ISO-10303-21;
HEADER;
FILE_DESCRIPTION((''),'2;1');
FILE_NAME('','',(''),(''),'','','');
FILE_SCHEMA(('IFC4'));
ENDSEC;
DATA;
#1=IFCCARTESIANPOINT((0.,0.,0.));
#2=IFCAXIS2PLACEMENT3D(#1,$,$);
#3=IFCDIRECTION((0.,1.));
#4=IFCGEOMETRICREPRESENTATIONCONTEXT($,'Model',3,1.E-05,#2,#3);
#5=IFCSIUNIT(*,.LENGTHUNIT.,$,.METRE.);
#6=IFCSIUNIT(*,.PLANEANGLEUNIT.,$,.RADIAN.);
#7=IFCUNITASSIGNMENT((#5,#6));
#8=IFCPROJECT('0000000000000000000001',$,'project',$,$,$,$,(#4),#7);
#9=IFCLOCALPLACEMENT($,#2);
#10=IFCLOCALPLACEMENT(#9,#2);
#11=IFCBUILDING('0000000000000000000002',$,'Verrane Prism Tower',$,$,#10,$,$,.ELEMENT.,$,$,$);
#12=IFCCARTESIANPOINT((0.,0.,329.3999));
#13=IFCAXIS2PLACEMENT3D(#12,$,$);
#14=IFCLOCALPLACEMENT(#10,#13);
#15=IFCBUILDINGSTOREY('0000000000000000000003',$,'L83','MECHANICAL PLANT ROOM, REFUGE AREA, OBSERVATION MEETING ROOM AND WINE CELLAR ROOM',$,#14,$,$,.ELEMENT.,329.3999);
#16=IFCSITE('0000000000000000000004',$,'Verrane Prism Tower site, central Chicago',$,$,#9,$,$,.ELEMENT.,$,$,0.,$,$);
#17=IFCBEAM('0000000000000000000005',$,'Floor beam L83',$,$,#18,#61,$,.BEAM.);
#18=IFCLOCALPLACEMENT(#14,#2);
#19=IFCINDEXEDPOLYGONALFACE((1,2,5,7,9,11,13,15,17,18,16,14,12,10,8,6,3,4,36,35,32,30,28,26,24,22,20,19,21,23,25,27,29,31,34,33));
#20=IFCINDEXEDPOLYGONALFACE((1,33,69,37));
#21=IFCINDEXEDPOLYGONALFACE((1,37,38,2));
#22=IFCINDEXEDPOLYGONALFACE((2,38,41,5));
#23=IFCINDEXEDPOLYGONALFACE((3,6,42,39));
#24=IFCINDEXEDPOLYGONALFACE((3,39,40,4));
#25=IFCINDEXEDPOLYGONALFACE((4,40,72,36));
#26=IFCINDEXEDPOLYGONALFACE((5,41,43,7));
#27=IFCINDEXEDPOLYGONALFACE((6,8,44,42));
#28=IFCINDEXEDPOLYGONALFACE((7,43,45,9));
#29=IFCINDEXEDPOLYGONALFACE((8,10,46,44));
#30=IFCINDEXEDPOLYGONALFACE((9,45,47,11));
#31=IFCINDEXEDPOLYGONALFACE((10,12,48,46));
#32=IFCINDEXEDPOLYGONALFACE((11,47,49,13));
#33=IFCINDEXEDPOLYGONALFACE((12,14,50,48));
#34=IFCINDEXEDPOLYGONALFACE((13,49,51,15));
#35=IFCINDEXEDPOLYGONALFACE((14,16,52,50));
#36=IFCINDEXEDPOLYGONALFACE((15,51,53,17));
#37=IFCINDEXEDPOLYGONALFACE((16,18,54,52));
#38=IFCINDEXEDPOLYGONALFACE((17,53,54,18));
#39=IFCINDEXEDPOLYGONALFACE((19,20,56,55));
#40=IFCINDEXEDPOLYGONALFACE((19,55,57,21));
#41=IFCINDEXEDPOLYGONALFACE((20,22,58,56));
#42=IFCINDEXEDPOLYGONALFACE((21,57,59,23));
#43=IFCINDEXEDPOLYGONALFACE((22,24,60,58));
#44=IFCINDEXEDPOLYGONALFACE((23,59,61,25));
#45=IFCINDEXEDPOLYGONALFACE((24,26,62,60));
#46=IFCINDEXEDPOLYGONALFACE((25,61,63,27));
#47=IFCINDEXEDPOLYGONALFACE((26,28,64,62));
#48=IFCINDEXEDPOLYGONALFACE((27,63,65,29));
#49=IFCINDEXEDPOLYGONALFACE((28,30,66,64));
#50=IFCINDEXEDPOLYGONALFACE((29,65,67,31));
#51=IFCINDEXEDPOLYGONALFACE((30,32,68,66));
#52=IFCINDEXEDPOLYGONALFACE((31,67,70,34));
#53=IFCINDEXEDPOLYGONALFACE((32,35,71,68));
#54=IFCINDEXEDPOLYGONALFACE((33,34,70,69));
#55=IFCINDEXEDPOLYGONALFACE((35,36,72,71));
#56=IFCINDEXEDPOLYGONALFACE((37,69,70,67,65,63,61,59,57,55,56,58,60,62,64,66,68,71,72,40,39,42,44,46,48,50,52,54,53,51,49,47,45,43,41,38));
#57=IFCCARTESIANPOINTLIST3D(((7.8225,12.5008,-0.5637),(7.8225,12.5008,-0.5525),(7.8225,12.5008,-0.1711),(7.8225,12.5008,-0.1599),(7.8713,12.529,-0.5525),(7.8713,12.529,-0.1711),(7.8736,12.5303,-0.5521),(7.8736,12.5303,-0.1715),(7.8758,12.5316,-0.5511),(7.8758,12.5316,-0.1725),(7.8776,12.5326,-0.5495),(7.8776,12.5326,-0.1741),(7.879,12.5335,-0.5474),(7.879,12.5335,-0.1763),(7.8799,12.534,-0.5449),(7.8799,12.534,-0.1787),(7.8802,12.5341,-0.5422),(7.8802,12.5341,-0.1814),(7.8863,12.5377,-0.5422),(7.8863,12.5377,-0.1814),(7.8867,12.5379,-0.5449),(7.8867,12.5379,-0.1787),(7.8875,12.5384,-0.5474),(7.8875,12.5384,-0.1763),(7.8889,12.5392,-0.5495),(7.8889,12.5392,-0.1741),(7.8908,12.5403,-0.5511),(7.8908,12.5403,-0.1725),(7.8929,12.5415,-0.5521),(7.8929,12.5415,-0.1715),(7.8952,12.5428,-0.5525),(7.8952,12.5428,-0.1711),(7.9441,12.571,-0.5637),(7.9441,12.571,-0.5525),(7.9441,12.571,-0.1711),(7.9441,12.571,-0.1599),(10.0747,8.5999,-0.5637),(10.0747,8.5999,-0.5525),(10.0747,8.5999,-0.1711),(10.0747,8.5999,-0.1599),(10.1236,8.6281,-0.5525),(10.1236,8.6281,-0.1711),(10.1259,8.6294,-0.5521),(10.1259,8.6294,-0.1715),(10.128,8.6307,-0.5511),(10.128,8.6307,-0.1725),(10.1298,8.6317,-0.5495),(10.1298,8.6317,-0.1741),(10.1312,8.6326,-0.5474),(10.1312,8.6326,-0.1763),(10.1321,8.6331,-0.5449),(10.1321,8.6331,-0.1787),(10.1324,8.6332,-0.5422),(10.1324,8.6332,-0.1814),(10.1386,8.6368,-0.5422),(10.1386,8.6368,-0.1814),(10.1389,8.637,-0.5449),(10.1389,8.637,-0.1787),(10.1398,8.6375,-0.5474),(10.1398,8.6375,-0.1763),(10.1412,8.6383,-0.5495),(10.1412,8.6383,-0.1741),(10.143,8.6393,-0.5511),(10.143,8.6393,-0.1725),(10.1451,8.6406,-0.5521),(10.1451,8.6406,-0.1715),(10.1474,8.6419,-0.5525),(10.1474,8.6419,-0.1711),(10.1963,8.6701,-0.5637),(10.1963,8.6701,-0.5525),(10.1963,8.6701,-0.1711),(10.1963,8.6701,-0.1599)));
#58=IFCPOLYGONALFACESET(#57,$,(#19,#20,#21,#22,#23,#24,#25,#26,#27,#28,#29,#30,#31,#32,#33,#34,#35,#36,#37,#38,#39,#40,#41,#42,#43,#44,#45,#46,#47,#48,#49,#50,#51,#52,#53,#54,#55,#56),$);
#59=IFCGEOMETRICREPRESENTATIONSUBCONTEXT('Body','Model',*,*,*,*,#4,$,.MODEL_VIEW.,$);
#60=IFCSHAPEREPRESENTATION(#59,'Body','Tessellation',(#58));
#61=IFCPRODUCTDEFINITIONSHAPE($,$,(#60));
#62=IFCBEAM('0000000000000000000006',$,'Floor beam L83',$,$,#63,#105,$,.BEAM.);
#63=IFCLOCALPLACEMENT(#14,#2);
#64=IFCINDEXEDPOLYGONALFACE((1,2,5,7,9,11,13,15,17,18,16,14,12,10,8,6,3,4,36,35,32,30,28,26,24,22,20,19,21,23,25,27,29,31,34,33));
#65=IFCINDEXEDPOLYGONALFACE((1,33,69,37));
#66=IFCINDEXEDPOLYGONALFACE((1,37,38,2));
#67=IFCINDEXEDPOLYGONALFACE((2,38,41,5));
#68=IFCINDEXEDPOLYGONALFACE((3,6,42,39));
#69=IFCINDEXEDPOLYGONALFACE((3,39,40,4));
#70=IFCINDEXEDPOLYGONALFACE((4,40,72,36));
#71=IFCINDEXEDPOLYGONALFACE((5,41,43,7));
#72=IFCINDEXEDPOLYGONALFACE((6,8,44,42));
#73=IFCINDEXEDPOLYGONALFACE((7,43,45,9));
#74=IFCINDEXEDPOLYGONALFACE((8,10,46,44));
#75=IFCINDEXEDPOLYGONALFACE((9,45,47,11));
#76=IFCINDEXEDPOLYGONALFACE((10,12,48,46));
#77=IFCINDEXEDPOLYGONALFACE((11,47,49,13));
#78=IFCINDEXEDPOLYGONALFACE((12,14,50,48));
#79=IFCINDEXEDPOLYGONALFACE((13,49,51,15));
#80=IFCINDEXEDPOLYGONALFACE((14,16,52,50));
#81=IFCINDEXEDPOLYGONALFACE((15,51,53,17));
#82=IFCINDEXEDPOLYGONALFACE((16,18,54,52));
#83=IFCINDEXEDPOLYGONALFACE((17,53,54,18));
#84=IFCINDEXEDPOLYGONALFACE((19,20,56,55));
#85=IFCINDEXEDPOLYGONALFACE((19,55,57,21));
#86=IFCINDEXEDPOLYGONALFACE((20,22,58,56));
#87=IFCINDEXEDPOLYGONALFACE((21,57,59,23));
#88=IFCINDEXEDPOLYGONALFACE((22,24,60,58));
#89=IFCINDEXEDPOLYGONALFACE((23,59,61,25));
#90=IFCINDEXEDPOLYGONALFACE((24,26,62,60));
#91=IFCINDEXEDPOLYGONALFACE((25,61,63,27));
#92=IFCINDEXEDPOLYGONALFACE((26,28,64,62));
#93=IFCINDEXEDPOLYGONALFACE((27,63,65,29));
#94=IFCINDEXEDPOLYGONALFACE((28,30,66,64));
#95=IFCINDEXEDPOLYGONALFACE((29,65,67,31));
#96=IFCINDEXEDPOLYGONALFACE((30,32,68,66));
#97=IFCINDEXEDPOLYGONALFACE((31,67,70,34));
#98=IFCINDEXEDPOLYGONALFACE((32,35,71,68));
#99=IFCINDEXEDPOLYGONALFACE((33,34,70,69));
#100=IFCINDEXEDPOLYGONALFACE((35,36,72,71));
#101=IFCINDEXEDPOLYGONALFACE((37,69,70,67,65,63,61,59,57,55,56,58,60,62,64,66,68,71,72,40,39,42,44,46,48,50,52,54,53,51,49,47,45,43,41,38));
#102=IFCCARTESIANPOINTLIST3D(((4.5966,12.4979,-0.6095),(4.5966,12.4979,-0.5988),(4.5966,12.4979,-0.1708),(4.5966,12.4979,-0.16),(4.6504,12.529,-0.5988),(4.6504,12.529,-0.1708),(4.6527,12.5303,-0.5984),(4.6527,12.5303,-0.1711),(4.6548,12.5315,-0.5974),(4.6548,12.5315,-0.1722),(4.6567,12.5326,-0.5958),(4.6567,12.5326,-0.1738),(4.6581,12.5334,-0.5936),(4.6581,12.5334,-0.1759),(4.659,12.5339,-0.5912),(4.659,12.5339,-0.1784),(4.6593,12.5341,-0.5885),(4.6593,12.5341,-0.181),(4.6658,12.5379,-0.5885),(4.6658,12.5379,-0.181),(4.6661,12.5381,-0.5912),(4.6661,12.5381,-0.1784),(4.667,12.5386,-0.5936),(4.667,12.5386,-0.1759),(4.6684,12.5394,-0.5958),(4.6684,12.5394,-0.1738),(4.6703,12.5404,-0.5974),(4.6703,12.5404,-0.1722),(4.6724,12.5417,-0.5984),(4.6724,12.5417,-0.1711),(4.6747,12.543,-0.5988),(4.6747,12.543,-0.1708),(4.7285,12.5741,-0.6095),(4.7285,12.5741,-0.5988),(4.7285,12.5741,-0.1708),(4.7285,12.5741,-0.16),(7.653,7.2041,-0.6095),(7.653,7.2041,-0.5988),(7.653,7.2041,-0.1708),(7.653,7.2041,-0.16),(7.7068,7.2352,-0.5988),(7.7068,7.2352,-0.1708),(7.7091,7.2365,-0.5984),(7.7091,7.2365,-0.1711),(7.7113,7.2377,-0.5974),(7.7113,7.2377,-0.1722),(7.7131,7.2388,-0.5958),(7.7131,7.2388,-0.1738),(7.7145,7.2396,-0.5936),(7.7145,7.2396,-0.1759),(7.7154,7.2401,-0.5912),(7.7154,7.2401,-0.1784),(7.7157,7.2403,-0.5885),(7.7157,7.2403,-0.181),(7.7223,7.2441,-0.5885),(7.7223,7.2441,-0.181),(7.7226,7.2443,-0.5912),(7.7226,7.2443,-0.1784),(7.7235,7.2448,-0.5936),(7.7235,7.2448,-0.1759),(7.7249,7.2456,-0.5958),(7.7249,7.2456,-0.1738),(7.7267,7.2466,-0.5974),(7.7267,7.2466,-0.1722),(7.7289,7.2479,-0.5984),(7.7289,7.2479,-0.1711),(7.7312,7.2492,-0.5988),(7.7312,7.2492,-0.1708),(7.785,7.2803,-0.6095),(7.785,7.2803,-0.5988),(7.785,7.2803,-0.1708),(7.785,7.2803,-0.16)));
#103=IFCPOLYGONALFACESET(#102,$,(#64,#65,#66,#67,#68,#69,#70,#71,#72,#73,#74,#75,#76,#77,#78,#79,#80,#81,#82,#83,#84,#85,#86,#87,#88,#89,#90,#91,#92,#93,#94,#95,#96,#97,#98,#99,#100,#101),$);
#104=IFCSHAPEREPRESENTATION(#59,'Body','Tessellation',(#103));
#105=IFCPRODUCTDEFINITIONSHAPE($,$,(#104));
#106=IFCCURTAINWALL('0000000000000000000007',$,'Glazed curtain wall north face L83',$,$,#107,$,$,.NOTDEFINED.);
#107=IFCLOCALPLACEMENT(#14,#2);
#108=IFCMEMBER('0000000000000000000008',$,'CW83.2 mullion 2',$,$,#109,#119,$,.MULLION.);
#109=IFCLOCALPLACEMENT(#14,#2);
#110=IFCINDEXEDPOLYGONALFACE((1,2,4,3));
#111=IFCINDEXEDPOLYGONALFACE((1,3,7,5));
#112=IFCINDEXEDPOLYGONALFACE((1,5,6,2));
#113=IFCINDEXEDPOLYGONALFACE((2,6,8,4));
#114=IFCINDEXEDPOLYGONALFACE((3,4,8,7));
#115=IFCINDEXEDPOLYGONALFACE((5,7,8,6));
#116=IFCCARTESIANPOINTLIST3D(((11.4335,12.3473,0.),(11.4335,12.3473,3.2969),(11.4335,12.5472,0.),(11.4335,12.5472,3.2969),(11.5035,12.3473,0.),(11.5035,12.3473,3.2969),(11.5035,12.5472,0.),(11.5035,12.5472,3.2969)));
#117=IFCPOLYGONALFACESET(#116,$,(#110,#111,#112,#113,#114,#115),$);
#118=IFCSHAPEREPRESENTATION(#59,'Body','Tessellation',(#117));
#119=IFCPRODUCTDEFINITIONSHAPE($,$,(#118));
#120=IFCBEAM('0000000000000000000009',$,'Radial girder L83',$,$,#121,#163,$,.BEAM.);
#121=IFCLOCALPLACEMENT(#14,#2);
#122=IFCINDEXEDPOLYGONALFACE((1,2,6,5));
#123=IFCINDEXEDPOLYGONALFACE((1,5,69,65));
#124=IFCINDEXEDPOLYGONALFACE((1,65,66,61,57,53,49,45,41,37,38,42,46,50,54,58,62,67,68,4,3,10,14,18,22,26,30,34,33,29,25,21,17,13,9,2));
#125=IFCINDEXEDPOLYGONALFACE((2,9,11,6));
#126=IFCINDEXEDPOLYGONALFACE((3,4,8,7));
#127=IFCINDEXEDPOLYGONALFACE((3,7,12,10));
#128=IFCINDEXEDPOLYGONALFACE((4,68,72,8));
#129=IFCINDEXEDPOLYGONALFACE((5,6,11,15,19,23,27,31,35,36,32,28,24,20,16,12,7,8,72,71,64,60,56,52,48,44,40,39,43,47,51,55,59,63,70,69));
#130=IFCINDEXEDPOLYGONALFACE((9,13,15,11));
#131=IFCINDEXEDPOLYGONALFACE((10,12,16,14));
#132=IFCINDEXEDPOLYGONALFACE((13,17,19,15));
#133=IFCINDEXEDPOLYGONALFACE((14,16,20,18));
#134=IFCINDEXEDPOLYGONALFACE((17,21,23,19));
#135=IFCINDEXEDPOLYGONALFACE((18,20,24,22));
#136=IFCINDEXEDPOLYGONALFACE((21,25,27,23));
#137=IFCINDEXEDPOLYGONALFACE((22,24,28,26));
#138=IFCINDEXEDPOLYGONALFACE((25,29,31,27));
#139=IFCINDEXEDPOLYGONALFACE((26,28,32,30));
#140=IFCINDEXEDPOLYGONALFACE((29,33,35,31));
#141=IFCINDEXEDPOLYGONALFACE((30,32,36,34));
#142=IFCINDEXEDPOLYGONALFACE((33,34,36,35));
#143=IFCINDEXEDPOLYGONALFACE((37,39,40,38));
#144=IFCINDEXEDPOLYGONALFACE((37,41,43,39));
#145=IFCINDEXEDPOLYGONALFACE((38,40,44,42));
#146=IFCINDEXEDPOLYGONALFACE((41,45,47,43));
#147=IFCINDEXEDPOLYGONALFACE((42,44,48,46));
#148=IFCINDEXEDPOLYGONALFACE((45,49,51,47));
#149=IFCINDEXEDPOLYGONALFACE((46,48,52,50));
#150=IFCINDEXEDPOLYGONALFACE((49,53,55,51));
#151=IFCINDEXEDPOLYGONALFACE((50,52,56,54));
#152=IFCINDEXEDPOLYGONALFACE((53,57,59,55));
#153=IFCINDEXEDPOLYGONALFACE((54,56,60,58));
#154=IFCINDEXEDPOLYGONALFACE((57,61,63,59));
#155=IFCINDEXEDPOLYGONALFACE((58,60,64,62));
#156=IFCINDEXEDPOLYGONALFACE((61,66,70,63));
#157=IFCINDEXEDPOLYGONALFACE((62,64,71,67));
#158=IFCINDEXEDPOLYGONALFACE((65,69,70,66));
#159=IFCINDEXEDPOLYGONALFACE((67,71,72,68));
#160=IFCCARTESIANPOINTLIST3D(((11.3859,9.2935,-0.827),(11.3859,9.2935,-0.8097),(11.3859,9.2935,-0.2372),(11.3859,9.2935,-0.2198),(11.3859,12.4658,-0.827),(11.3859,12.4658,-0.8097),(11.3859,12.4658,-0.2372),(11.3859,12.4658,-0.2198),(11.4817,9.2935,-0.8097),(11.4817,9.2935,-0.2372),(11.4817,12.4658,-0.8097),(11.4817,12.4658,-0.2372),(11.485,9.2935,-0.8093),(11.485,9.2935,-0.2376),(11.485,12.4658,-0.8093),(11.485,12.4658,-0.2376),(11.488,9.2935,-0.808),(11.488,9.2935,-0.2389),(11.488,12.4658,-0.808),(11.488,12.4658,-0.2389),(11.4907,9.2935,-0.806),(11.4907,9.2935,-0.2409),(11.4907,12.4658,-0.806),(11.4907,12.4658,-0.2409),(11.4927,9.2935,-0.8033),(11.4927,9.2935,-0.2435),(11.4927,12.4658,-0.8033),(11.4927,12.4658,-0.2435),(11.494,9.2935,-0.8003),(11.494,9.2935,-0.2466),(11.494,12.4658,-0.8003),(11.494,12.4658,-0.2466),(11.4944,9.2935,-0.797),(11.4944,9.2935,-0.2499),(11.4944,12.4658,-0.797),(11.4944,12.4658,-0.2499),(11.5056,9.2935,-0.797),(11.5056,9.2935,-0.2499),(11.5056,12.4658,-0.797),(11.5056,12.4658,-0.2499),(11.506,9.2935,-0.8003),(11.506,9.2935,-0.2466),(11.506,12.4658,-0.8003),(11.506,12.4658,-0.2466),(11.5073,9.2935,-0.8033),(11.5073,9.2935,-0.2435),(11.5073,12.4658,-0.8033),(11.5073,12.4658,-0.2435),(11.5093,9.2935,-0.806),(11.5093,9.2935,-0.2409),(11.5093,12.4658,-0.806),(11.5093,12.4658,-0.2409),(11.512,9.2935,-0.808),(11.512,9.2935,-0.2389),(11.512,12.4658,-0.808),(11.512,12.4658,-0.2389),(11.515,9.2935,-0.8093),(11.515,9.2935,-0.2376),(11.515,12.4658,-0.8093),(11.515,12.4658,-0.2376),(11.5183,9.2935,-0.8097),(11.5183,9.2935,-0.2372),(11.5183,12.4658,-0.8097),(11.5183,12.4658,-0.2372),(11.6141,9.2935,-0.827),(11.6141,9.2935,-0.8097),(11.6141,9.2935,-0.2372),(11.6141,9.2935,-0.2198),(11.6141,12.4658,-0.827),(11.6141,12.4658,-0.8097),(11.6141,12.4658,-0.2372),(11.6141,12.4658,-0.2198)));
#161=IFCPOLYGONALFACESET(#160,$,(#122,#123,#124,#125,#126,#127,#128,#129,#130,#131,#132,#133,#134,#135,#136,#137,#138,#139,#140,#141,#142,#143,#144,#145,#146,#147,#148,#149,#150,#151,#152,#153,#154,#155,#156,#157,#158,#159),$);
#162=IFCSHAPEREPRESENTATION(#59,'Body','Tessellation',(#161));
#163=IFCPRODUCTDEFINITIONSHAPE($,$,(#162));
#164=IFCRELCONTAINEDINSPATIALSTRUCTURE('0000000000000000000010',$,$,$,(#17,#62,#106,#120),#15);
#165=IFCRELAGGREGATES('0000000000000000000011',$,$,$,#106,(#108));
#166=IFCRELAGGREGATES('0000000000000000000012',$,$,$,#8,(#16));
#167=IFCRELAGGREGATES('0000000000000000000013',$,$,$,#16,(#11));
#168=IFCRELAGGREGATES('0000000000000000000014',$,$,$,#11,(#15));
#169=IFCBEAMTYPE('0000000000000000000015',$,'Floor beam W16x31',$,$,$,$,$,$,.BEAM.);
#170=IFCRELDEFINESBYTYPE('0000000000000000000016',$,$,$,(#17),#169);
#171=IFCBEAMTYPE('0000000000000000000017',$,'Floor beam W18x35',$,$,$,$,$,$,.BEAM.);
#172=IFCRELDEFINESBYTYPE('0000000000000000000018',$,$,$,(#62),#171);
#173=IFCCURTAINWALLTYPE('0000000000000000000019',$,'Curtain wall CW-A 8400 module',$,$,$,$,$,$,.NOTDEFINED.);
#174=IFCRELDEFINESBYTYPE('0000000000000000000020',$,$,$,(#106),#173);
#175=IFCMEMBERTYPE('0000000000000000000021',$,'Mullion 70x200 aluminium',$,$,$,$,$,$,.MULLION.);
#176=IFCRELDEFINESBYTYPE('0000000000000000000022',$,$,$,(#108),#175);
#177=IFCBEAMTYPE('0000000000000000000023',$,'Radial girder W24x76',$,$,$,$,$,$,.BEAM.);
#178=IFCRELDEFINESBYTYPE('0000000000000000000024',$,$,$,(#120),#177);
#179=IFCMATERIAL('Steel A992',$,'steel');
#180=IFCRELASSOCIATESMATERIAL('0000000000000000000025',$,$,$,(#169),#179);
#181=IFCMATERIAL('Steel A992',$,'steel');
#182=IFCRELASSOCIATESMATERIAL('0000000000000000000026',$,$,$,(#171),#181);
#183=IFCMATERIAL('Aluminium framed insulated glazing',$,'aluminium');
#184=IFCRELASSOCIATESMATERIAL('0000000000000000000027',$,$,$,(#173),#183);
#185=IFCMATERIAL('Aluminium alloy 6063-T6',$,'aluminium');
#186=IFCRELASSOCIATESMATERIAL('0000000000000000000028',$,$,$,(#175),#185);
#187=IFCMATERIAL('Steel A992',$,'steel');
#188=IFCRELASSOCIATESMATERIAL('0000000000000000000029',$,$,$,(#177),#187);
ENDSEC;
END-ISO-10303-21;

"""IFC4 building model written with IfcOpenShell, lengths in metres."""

from ifc_helpers import new_model, si_unit, direction, frame, origin, origin_2d, place, context, subcontext, project, spatial, rectangle, i_section, extrude, material, material_profile, profile_set, type_object, element, aggregate, save


model = new_model("IFC4")

# Units and contexts
model_context = context("Model", 3, precision=1e-05, world=origin(), true_north=direction((0.0, 1.0)))
body_context = subcontext(model_context, "Body", "Model", "MODEL_VIEW")
ifc_project = project(units=[si_unit("LENGTHUNIT", "METRE"), si_unit("PLANEANGLEUNIT", "RADIAN")], contexts=[model_context])

# Site, building, storey
site_placement = place(None, origin())
site = spatial("IfcSite", under=ifc_project, at=site_placement, Name="Verrane Prism Tower site, central Chicago", CompositionType="ELEMENT", RefElevation=0.0)
building_placement = place(site_placement, origin())
building = spatial("IfcBuilding", under=site, at=building_placement, Name="Verrane Prism Tower", CompositionType="ELEMENT")
storey_placement = place(building_placement, frame((0.0, 0.0, 329.3999)))
storey = spatial("IfcBuildingStorey", under=building, at=storey_placement, Name="L83", Description="MECHANICAL PLANT ROOM, REFUGE AREA, OBSERVATION MEETING ROOM AND WINE CELLAR ROOM", CompositionType="ELEMENT", Elevation=329.3999)

# Beams
ifc_material_1 = material(Name="Steel A992", Category="steel")
ifc_material_profile_1 = material_profile(ifc_material_1, i_section(OverallWidth=0.1404, OverallDepth=0.4038, WebThickness=0.0071, FlangeThickness=0.0112, FilletRadius=0.0103, at=origin_2d()), Name="W16x31")
ifc_profile_set_1 = profile_set([ifc_material_profile_1], Name="Steel A992")
beam_type_1 = type_object("IfcBeamType", Name="Floor beam W16x31", PredefinedType="BEAM", material=ifc_profile_set_1)
beam_1_placement = place(storey_placement, frame((10.1355, 8.635, -0.3618), z_axis=(-0.500004, 0.866023, 0.0), x_axis=(-0.866023, -0.500004, 0.0)))
element("IfcBeam", 1, at=beam_1_placement, inside=storey, type_object=beam_type_1, Name="Floor beam L83", PredefinedType="BEAM", context=body_context, shape_type="SweptSolid", body=[
    extrude(i_section(OverallWidth=0.1404, OverallDepth=0.4038, WebThickness=0.0071, FlangeThickness=0.0112, FilletRadius=0.0103, at=origin_2d()), origin(), (0.0, 0.0, 1.0), 4.5044),
])
ifc_material_2 = material(Name="Steel A992", Category="steel")
ifc_material_profile_2 = material_profile(ifc_material_2, i_section(OverallWidth=0.1523, OverallDepth=0.4495, WebThickness=0.0076, FlangeThickness=0.0107, FilletRadius=0.0103, at=origin_2d()), Name="W18x35")
ifc_profile_set_2 = profile_set([ifc_material_profile_2], Name="Steel A992")
beam_type_2 = type_object("IfcBeamType", Name="Floor beam W18x35", PredefinedType="BEAM", material=ifc_profile_set_2)
beam_2_placement = place(storey_placement, frame((7.719, 7.2422, -0.3848), z_axis=(-0.500009, 0.86602, 0.0), x_axis=(-0.86602, -0.500009, 0.0)))
element("IfcBeam", 2, at=beam_2_placement, inside=storey, type_object=beam_type_2, Name="Floor beam L83", PredefinedType="BEAM", context=body_context, shape_type="SweptSolid", body=[
    extrude(i_section(OverallWidth=0.1523, OverallDepth=0.4495, WebThickness=0.0076, FlangeThickness=0.0107, FilletRadius=0.0103, at=origin_2d()), origin(), (0.0, 0.0, 1.0), 6.1128),
])

# Curtain wall, member
ifc_material_3 = material(Name="Aluminium framed insulated glazing", Category="aluminium")
curtain_wall_type = type_object("IfcCurtainWallType", Name="Curtain wall CW-A 8400 module", PredefinedType="NOTDEFINED", material=ifc_material_3)
curtain_wall_placement = place(storey_placement, origin())
curtain_wall = element("IfcCurtainWall", 3, at=curtain_wall_placement, inside=storey, type_object=curtain_wall_type, Name="Glazed curtain wall north face L83", PredefinedType="NOTDEFINED")
ifc_material_4 = material(Name="Aluminium alloy 6063-T6", Category="aluminium")
ifc_material_profile_3 = material_profile(ifc_material_4, rectangle(XDim=0.2, YDim=0.0701, at=origin_2d()), Name="Mullion 70x200 aluminium")
ifc_profile_set_3 = profile_set([ifc_material_profile_3], Name="Aluminium alloy 6063-T6")
member_type_1 = type_object("IfcMemberType", Name="Mullion 70x200 aluminium", PredefinedType="MULLION", material=ifc_profile_set_3)
member_1_placement = place(storey_placement, frame((11.4685, 12.4473, 0.0), z_axis=(0.0, 0.0, 1.0), x_axis=(0.0, -1.0, 0.0)))
member_1 = element("IfcMember", 4, at=member_1_placement, type_object=member_type_1, Name="CW83.2 mullion 2", PredefinedType="MULLION", context=body_context, shape_type="SweptSolid", body=[
    extrude(rectangle(XDim=0.2, YDim=0.0701, at=origin_2d()), origin(), (0.0, 0.0, 1.0), 3.2969),
])

# Beam
ifc_material_5 = material(Name="Steel A992", Category="steel")
ifc_material_profile_4 = material_profile(ifc_material_5, i_section(OverallWidth=0.2283, OverallDepth=0.6072, WebThickness=0.0112, FlangeThickness=0.0173, FilletRadius=0.0127, at=origin_2d()), Name="W24x76")
ifc_profile_set_4 = profile_set([ifc_material_profile_4], Name="Steel A992")
beam_type_3 = type_object("IfcBeamType", Name="Radial girder W24x76", PredefinedType="BEAM", material=ifc_profile_set_4)
beam_3_placement = place(storey_placement, frame((11.5, 12.4658, -0.5234), z_axis=(0.0, -1.0, 0.0), x_axis=(1.0, 0.0, 0.0)))
element("IfcBeam", 5, at=beam_3_placement, inside=storey, type_object=beam_type_3, Name="Radial girder L83", PredefinedType="BEAM", context=body_context, shape_type="SweptSolid", body=[
    extrude(i_section(OverallWidth=0.2283, OverallDepth=0.6072, WebThickness=0.0112, FlangeThickness=0.0173, FilletRadius=0.0127, at=origin_2d()), origin(), (0.0, 0.0, 1.0), 3.1724),
])

aggregate(curtain_wall, [member_1])

save(model, "model.ifc")
